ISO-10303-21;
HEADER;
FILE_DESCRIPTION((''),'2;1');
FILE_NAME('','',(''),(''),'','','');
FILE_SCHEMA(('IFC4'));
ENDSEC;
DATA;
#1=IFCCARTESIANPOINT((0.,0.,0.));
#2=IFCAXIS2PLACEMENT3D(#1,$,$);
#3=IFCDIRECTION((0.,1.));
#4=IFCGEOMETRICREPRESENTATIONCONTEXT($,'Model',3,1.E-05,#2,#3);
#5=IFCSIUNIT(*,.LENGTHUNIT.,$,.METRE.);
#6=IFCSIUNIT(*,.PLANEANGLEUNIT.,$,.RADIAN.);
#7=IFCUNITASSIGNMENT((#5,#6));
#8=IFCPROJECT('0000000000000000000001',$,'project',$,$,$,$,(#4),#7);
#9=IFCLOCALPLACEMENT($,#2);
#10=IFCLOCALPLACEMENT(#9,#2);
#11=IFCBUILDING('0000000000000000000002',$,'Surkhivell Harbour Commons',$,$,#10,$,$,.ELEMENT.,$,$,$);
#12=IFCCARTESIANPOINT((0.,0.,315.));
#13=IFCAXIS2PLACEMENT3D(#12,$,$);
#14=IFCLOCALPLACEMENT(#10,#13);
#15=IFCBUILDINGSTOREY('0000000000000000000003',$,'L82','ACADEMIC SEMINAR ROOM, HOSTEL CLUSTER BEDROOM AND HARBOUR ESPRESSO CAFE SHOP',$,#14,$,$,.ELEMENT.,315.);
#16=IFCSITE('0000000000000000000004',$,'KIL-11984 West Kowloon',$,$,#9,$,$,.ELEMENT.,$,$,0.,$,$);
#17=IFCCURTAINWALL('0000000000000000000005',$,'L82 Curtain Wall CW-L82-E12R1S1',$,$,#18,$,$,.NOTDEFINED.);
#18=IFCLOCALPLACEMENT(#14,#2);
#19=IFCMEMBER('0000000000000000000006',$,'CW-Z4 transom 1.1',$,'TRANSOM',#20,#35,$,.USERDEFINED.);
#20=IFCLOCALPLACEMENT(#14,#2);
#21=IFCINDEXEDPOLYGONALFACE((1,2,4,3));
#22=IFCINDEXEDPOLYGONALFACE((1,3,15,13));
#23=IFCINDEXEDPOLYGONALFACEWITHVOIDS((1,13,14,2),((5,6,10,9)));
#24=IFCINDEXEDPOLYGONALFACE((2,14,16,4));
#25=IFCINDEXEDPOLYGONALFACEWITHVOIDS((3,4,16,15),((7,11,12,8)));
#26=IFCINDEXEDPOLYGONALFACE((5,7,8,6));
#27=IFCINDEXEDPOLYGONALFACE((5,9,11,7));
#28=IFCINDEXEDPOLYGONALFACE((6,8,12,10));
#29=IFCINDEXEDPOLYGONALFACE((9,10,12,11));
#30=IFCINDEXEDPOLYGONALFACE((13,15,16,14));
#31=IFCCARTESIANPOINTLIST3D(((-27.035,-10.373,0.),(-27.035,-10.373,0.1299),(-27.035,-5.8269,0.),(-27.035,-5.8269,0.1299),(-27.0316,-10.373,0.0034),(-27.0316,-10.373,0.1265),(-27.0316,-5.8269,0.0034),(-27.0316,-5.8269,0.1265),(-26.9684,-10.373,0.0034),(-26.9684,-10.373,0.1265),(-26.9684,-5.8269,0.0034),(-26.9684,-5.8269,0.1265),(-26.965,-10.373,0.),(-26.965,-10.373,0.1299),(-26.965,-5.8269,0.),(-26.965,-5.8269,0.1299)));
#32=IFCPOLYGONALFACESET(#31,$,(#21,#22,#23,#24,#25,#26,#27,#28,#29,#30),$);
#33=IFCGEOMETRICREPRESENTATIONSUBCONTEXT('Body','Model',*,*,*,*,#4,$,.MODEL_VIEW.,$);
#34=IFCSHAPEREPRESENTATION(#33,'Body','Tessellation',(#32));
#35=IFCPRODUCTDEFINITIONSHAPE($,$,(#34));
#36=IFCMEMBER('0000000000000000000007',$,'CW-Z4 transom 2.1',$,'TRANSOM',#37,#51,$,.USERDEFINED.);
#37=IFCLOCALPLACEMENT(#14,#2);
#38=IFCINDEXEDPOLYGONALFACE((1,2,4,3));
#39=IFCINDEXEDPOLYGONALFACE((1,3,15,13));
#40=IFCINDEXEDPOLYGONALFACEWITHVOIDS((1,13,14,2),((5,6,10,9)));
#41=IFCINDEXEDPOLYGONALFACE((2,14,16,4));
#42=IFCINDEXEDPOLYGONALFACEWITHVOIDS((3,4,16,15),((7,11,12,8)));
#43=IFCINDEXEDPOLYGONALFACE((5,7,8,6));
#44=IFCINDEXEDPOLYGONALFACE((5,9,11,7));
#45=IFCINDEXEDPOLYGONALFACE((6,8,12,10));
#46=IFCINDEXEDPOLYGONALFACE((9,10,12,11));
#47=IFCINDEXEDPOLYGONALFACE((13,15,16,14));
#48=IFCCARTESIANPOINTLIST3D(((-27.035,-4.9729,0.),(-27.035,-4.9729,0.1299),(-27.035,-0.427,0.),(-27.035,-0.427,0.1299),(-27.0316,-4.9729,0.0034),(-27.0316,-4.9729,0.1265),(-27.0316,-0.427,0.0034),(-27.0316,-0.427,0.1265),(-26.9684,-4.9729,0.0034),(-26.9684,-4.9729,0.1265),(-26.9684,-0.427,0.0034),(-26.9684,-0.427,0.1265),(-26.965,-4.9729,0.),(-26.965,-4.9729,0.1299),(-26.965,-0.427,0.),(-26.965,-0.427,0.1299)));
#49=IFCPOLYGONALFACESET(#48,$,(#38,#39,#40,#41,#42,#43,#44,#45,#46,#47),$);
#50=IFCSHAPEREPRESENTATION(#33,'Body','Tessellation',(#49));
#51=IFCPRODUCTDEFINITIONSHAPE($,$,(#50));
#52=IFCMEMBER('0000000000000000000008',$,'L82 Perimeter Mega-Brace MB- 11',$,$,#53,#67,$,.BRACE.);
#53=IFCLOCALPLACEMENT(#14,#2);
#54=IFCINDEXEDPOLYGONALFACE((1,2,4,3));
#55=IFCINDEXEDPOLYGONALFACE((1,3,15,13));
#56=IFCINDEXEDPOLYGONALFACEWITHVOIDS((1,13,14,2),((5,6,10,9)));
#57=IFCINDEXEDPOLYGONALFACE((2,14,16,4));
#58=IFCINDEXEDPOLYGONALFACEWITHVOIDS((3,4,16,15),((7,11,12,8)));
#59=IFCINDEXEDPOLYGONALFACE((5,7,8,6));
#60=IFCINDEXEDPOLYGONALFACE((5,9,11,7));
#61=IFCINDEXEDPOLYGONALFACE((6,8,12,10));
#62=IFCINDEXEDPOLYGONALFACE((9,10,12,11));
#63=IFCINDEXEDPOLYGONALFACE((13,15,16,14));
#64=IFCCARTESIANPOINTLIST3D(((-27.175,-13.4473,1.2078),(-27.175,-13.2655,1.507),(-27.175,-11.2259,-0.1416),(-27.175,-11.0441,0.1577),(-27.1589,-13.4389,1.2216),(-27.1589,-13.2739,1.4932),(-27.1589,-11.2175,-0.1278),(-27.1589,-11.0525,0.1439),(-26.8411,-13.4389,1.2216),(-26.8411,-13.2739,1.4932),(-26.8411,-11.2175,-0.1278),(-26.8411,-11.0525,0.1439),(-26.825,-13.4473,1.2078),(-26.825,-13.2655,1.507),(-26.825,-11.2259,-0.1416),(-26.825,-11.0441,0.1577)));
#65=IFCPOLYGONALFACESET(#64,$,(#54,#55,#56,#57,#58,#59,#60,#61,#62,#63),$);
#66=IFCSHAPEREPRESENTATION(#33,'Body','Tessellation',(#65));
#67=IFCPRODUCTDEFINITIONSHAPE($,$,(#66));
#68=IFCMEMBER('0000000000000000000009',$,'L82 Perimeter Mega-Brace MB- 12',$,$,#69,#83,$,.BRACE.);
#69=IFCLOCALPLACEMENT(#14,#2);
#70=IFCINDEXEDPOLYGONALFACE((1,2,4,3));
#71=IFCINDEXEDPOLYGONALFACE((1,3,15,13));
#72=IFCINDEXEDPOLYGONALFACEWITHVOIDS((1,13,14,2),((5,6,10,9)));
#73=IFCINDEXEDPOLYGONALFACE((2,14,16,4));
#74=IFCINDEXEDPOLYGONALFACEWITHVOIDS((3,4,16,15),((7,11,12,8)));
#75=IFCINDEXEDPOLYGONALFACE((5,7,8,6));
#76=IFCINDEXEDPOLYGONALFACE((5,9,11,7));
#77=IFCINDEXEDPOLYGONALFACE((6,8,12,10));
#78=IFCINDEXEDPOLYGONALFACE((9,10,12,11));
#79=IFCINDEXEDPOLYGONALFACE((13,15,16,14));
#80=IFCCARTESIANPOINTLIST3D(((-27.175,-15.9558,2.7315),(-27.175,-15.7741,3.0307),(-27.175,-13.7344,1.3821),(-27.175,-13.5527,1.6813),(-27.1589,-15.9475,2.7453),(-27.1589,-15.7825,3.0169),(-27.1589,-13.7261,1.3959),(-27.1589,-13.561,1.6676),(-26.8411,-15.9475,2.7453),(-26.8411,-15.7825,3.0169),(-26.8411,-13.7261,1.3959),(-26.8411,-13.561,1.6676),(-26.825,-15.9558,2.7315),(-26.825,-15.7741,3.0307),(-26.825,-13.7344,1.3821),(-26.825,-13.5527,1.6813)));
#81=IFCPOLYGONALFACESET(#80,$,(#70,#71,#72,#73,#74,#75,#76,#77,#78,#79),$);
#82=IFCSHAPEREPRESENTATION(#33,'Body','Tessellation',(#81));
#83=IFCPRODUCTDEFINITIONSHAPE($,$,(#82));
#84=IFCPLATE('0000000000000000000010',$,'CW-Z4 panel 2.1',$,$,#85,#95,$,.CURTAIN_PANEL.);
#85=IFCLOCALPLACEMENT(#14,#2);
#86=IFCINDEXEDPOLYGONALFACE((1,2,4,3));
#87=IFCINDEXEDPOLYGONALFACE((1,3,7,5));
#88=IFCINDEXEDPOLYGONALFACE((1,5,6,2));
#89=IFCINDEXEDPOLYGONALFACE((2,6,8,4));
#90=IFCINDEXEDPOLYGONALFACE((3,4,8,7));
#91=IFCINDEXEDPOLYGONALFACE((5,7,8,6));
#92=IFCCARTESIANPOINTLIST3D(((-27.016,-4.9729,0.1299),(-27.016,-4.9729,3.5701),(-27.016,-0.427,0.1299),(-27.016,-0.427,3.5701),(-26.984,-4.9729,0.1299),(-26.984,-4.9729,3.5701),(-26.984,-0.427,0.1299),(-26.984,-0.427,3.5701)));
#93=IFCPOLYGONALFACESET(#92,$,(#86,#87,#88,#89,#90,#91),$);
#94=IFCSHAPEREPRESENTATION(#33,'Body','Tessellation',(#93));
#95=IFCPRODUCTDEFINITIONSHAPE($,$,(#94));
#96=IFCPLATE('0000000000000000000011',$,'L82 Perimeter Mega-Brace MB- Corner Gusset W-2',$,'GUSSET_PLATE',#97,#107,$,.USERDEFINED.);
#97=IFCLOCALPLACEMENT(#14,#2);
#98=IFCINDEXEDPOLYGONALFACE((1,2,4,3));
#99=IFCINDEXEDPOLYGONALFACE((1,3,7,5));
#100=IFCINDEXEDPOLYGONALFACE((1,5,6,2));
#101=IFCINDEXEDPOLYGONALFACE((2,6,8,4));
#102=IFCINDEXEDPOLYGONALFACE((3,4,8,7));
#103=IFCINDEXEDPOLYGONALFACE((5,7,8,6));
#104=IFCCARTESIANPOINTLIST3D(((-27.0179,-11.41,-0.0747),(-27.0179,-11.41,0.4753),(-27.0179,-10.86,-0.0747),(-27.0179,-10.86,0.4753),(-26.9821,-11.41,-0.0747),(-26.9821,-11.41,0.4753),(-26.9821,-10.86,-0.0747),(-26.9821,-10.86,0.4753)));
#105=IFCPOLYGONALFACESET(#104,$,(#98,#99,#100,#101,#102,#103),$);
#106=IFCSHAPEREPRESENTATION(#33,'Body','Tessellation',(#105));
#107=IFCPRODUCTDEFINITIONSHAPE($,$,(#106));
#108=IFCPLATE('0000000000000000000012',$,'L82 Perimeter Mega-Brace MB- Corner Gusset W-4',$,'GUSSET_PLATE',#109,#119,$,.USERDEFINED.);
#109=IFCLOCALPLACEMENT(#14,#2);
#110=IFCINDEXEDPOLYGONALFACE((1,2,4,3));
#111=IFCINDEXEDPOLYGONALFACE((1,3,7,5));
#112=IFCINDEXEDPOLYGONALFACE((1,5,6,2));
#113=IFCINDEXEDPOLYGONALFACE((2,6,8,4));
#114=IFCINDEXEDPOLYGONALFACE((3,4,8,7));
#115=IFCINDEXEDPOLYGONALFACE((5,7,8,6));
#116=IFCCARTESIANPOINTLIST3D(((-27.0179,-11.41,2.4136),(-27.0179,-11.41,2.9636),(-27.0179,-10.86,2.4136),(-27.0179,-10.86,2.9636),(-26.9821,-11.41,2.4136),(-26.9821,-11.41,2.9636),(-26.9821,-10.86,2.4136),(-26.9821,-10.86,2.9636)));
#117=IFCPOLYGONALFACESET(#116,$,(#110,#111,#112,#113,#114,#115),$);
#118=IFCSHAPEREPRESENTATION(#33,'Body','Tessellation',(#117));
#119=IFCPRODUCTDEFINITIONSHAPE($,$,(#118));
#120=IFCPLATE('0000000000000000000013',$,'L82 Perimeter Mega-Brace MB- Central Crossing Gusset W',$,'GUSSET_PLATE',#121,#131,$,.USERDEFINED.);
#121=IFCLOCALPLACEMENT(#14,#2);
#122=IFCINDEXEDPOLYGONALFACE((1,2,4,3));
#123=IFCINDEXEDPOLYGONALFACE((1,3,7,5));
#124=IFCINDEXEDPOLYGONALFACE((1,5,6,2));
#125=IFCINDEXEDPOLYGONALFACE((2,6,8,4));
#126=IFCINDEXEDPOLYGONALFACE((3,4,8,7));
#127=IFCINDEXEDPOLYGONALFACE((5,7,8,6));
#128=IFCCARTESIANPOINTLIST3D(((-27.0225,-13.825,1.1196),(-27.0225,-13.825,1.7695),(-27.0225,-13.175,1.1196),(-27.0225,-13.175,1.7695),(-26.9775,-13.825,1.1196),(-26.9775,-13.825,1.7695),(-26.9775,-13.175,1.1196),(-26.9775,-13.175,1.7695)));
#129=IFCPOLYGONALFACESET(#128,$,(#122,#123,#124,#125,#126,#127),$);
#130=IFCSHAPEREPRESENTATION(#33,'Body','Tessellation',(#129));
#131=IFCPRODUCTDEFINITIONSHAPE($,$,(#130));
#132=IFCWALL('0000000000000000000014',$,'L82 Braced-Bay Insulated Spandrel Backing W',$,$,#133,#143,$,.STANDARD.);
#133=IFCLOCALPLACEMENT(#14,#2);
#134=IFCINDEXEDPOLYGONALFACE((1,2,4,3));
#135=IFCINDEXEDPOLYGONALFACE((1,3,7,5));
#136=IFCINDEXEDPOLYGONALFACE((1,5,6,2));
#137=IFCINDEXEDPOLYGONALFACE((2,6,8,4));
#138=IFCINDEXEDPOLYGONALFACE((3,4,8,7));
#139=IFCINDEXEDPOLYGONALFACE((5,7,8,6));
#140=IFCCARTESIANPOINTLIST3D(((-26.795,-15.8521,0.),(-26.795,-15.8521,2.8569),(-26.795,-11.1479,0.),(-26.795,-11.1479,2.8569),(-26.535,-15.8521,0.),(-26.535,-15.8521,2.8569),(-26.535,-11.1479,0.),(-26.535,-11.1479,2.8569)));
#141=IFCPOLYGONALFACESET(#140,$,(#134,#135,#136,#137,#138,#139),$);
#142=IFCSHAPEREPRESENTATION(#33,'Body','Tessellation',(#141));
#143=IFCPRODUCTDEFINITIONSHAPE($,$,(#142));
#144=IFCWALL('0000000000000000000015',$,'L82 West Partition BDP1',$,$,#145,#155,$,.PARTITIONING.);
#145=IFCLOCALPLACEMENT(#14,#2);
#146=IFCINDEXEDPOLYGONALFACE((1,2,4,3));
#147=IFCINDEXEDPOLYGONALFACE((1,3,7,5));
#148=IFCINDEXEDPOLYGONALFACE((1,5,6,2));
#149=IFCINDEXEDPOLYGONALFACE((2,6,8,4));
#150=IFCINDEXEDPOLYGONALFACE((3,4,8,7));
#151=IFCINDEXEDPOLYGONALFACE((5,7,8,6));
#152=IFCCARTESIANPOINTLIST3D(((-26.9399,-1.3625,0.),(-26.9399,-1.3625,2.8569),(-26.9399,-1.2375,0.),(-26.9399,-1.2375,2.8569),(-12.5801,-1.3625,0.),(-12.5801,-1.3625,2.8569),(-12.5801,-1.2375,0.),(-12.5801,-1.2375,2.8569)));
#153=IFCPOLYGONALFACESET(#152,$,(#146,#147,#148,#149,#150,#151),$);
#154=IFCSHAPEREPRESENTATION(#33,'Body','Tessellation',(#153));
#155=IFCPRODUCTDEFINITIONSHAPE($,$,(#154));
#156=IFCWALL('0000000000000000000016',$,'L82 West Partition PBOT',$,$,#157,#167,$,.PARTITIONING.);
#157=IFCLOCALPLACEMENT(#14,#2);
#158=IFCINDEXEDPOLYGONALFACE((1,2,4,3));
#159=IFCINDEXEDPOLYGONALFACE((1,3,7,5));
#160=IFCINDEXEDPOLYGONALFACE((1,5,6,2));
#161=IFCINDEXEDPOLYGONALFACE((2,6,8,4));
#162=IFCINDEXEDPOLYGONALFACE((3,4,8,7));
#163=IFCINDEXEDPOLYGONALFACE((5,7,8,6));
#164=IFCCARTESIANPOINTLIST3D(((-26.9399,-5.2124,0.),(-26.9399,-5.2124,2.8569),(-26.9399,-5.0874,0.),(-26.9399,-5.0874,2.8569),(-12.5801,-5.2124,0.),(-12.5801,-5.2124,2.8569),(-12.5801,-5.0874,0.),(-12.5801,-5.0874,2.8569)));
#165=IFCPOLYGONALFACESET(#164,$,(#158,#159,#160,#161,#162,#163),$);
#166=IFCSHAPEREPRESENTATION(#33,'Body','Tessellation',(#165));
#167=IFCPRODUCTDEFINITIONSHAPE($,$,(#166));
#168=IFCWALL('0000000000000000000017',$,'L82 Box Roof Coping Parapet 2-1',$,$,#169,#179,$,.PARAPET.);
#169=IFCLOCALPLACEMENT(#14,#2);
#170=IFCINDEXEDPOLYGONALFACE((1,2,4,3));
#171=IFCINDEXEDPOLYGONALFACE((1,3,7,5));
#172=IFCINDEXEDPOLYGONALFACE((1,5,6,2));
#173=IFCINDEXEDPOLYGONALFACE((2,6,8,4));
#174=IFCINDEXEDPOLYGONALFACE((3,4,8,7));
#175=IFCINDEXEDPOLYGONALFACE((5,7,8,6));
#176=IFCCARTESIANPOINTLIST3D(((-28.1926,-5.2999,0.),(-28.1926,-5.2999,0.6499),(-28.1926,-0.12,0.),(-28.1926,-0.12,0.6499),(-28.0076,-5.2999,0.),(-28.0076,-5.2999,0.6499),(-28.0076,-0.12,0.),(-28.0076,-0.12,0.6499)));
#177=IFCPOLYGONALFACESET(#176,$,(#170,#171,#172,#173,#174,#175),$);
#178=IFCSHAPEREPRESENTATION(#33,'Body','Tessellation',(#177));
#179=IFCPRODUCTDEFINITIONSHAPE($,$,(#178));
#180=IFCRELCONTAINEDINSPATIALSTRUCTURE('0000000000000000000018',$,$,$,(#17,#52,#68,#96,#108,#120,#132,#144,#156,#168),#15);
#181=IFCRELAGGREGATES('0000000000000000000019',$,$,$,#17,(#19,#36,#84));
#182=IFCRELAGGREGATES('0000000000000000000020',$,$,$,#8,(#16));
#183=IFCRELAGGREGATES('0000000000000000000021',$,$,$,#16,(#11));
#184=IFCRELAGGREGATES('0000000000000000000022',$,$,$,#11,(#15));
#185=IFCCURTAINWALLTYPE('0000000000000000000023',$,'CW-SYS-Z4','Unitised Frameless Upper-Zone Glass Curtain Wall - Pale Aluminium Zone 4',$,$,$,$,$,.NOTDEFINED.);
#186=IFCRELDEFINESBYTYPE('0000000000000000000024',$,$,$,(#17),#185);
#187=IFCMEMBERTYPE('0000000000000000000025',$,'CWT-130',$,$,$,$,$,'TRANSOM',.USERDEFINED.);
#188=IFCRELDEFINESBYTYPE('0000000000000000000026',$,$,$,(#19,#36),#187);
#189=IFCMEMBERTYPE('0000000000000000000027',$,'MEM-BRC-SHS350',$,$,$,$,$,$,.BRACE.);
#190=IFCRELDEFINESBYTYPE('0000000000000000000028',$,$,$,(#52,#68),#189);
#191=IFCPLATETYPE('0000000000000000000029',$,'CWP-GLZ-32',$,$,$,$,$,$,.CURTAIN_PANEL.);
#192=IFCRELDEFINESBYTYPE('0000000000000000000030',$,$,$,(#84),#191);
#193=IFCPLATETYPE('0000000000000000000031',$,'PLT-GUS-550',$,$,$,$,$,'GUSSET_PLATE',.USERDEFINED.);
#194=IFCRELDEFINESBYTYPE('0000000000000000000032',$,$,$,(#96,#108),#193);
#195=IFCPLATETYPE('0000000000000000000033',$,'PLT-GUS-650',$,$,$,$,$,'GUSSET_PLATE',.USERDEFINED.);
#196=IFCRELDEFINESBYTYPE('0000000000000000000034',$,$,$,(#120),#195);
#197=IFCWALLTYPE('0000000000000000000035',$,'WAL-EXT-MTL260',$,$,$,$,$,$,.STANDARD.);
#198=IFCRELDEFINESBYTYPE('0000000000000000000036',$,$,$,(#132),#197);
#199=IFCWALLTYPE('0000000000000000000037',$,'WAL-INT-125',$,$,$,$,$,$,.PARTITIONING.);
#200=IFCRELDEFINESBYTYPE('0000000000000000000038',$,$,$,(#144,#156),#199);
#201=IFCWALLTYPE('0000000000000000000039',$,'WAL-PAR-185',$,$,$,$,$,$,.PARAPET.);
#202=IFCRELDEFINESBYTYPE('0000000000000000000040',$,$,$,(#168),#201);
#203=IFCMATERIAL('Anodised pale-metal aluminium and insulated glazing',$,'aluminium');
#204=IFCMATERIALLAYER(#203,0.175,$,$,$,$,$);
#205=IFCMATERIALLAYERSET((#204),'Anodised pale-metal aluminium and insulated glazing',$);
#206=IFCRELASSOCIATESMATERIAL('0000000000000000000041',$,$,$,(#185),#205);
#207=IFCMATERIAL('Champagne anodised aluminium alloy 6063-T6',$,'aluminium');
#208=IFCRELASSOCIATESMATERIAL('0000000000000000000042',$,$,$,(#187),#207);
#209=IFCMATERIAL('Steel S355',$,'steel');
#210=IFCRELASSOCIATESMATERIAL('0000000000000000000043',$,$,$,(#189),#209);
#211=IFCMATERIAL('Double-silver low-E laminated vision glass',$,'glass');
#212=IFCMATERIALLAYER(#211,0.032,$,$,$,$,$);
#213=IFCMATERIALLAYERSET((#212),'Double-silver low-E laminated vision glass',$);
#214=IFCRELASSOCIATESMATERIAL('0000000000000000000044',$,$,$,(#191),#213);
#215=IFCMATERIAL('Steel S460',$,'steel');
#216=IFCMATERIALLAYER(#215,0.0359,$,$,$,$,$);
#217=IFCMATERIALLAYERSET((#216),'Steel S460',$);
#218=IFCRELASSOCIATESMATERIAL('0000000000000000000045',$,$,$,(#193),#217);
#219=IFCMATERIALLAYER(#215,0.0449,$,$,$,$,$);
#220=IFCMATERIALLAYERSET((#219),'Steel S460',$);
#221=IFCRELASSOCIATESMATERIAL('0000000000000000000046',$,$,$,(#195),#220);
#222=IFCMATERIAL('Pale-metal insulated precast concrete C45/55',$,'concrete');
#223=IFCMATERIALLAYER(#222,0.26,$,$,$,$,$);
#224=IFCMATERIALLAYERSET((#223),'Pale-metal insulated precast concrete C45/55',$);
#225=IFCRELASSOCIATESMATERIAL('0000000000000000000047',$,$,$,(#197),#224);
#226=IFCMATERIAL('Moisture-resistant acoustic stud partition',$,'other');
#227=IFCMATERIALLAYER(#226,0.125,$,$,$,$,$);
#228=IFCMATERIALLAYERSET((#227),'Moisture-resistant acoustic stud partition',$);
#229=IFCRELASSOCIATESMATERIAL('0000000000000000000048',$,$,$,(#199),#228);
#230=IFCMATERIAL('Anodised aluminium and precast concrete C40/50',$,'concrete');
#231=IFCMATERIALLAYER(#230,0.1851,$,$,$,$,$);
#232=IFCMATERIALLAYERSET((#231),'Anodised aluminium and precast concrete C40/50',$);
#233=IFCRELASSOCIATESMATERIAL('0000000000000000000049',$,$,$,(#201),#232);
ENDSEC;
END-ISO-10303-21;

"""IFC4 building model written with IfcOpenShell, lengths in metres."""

from ifc_helpers import new_model, si_unit, direction, frame, frame_2d, origin, origin_2d, place, context, subcontext, project, spatial, rectangle, hollow_rectangle, extrude, material, layer, layer_set, material_profile, profile_set, type_object, element, aggregate, save


model = new_model("IFC4")

# Units and contexts
model_context = context("Model", 3, precision=1e-05, world=origin(), true_north=direction((0.0, 1.0)))
body_context = subcontext(model_context, "Body", "Model", "MODEL_VIEW")
ifc_project = project(units=[si_unit("LENGTHUNIT", "METRE"), si_unit("PLANEANGLEUNIT", "RADIAN")], contexts=[model_context])

# Site, building, storey
site_placement = place(None, origin())
site = spatial("IfcSite", under=ifc_project, at=site_placement, Name="KIL-11984 West Kowloon", CompositionType="ELEMENT", RefElevation=0.0)
building_placement = place(site_placement, origin())
building = spatial("IfcBuilding", under=site, at=building_placement, Name="Surkhivell Harbour Commons", CompositionType="ELEMENT")
storey_placement = place(building_placement, frame((0.0, 0.0, 315.0)))
storey = spatial("IfcBuildingStorey", under=building, at=storey_placement, Name="L82", Description="ACADEMIC SEMINAR ROOM, HOSTEL CLUSTER BEDROOM AND HARBOUR ESPRESSO CAFE SHOP", CompositionType="ELEMENT", Elevation=315.0)

# Shared definitions
ifc_material_1 = material(Name="Steel S355", Category="steel")

# Curtain wall, members
ifc_material_2 = material(Name="Anodised pale-metal aluminium and insulated glazing", Category="aluminium")
ifc_layer_1 = layer(ifc_material_2, 0.175)
ifc_layer_set_1 = layer_set([ifc_layer_1], Name="Anodised pale-metal aluminium and insulated glazing")
curtain_wall_type = type_object("IfcCurtainWallType", Name="CW-SYS-Z4", Description="Unitised Frameless Upper-Zone Glass Curtain Wall - Pale Aluminium Zone 4", PredefinedType="NOTDEFINED", material=ifc_layer_set_1)
curtain_wall_placement = place(storey_placement, origin())
curtain_wall = element("IfcCurtainWall", 1, at=curtain_wall_placement, inside=storey, type_object=curtain_wall_type, Name="L82 Curtain Wall CW-L82-E12R1S1", PredefinedType="NOTDEFINED")
ifc_material_3 = material(Name="Champagne anodised aluminium alloy 6063-T6", Category="aluminium")
ifc_material_profile_1 = material_profile(ifc_material_3, hollow_rectangle(XDim=0.0701, YDim=0.1299, WallThickness=0.0034, at=origin_2d()), Name="ALU-TRAN-70x130")
ifc_profile_set_1 = profile_set([ifc_material_profile_1], Name="Champagne anodised aluminium alloy 6063-T6")
member_type_1 = type_object("IfcMemberType", Name="CWT-130", ElementType="TRANSOM", PredefinedType="USERDEFINED", material=ifc_profile_set_1)
member_1_placement = place(storey_placement, frame((-27.0, -10.373, 0.0649), z_axis=(0.0, 1.0, 0.0), x_axis=(-1.0, 0.0, 0.0)))
member_1 = element("IfcMember", 2, at=member_1_placement, type_object=member_type_1, Name="CW-Z4 transom 1.1", ObjectType="TRANSOM", PredefinedType="USERDEFINED", context=body_context, shape_type="SweptSolid", body=[
    extrude(hollow_rectangle(XDim=0.0701, YDim=0.1299, WallThickness=0.0034, at=origin_2d()), origin(), (0.0, 0.0, 1.0), 4.5461),
])
member_2_placement = place(storey_placement, frame((-27.0, -4.9729, 0.0649), z_axis=(0.0, 1.0, 0.0), x_axis=(-1.0, 0.0, 0.0)))
member_2 = element("IfcMember", 3, at=member_2_placement, type_object=member_type_1, Name="CW-Z4 transom 2.1", ObjectType="TRANSOM", PredefinedType="USERDEFINED", context=body_context, shape_type="SweptSolid", body=[
    extrude(hollow_rectangle(XDim=0.0701, YDim=0.1299, WallThickness=0.0034, at=origin_2d()), origin(), (0.0, 0.0, 1.0), 4.5459),
])

# Members
ifc_material_profile_2 = material_profile(ifc_material_1, hollow_rectangle(XDim=0.3501, YDim=0.3501, WallThickness=0.0161, at=origin_2d()), Name="SHS350x350x16")
ifc_profile_set_2 = profile_set([ifc_material_profile_2], Name="Steel S355")
member_type_2 = type_object("IfcMemberType", Name="MEM-BRC-SHS350", PredefinedType="BRACE", material=ifc_profile_set_2)
for number, where, z_axis, x_axis, name in (
    (4, (-27.0, -11.135, 0.0081), (0.0, -0.854679, 0.519157), (1.0, 0.0, 0.0), "L82 Perimeter Mega-Brace MB- 11"),
    (5, (-27.0, -13.6436, 1.5317), (0.0, -0.854679, 0.519157), (1.0, 0.0, 0.0), "L82 Perimeter Mega-Brace MB- 12"),
):
    element("IfcMember", number, at=place(storey_placement, frame(where, z_axis=z_axis, x_axis=x_axis)), inside=storey, type_object=member_type_2, Name=name, PredefinedType="BRACE", context=body_context, shape_type="SweptSolid", body=[
        extrude(hollow_rectangle(XDim=0.3501, YDim=0.3501, WallThickness=0.0161, at=origin_2d()), origin(), (0.0, 0.0, 1.0), 2.5991),
    ])

# Plate
ifc_material_4 = material(Name="Double-silver low-E laminated vision glass", Category="glass")
ifc_layer_2 = layer(ifc_material_4, 0.032)
ifc_layer_set_2 = layer_set([ifc_layer_2], Name="Double-silver low-E laminated vision glass")
plate_type_1 = type_object("IfcPlateType", Name="CWP-GLZ-32", PredefinedType="CURTAIN_PANEL", material=ifc_layer_set_2)
plate_1_placement = place(storey_placement, frame((-27.0, -4.9729, 0.1299), z_axis=(0.0, 0.0, 1.0), x_axis=(0.0, 1.0, 0.0)))
plate_1 = element("IfcPlate", 6, at=plate_1_placement, type_object=plate_type_1, Name="CW-Z4 panel 2.1", PredefinedType="CURTAIN_PANEL", context=body_context, shape_type="SweptSolid", body=[
    extrude(rectangle(XDim=4.5459, YDim=0.032, at=frame_2d((2.2729, 0.0))), origin(), (0.0, 0.0, 1.0), 3.4402),
])
aggregate(curtain_wall, [member_1, member_2, plate_1])

# Plates
ifc_material_5 = material(Name="Steel S460", Category="steel")
ifc_layer_3 = layer(ifc_material_5, 0.0359)
ifc_layer_set_3 = layer_set([ifc_layer_3], Name="Steel S460")
plate_type_2 = type_object("IfcPlateType", Name="PLT-GUS-550", ElementType="GUSSET_PLATE", PredefinedType="USERDEFINED", material=ifc_layer_set_3)
for number, where, z_axis, x_axis, name in (
    (7, (-27.0, -11.135, -0.0747), (0.0, 0.0, 1.0), (0.0, 1.0, 0.0), "L82 Perimeter Mega-Brace MB- Corner Gusset W-2"),
    (8, (-27.0, -11.135, 2.4136), (0.0, 0.0, 1.0), (0.0, 1.0, 0.0), "L82 Perimeter Mega-Brace MB- Corner Gusset W-4"),
):
    element("IfcPlate", number, at=place(storey_placement, frame(where, z_axis=z_axis, x_axis=x_axis)), inside=storey, type_object=plate_type_2, Name=name, ObjectType="GUSSET_PLATE", PredefinedType="USERDEFINED", context=body_context, shape_type="SweptSolid", body=[
        extrude(rectangle(XDim=0.55, YDim=0.0359, at=origin_2d()), origin(), (0.0, 0.0, 1.0), 0.55),
    ])
ifc_layer_4 = layer(ifc_material_5, 0.0449)
ifc_layer_set_4 = layer_set([ifc_layer_4], Name="Steel S460")
plate_type_3 = type_object("IfcPlateType", Name="PLT-GUS-650", ElementType="GUSSET_PLATE", PredefinedType="USERDEFINED", material=ifc_layer_set_4)
plate_2_placement = place(storey_placement, frame((-27.0, -13.5, 1.1196), z_axis=(0.0, 0.0, 1.0), x_axis=(0.0, 1.0, 0.0)))
element("IfcPlate", 9, at=plate_2_placement, inside=storey, type_object=plate_type_3, Name="L82 Perimeter Mega-Brace MB- Central Crossing Gusset W", ObjectType="GUSSET_PLATE", PredefinedType="USERDEFINED", context=body_context, shape_type="SweptSolid", body=[
    extrude(rectangle(XDim=0.6499, YDim=0.0449, at=origin_2d()), origin(), (0.0, 0.0, 1.0), 0.6499),
])

# Walls
ifc_material_6 = material(Name="Pale-metal insulated precast concrete C45/55", Category="concrete")
ifc_layer_5 = layer(ifc_material_6, 0.26)
ifc_layer_set_5 = layer_set([ifc_layer_5], Name="Pale-metal insulated precast concrete C45/55")
wall_type_1 = type_object("IfcWallType", Name="WAL-EXT-MTL260", PredefinedType="STANDARD", material=ifc_layer_set_5)
wall_1_placement = place(storey_placement, frame((-26.665, -15.8521, 0.0), z_axis=(0.0, 0.0, 1.0), x_axis=(0.0, 1.0, 0.0)))
element("IfcWall", 10, at=wall_1_placement, inside=storey, type_object=wall_type_1, Name="L82 Braced-Bay Insulated Spandrel Backing W", PredefinedType="STANDARD", context=body_context, shape_type="SweptSolid", body=[
    extrude(rectangle(XDim=4.7041, YDim=0.26, at=frame_2d((2.3521, 0.0))), origin(), (0.0, 0.0, 1.0), 2.8569),
])
ifc_material_7 = material(Name="Moisture-resistant acoustic stud partition", Category="other")
ifc_layer_6 = layer(ifc_material_7, 0.125)
ifc_layer_set_6 = layer_set([ifc_layer_6], Name="Moisture-resistant acoustic stud partition")
wall_type_2 = type_object("IfcWallType", Name="WAL-INT-125", PredefinedType="PARTITIONING", material=ifc_layer_set_6)
for number, where, z_axis, x_axis, name in (
    (11, (-26.9399, -1.3, 0.0), (0.0, 0.0, 1.0), (1.0, 0.0, 0.0), "L82 West Partition BDP1"),
    (12, (-26.9399, -5.1499, 0.0), (0.0, 0.0, 1.0), (1.0, 0.0, 0.0), "L82 West Partition PBOT"),
):
    element("IfcWall", number, at=place(storey_placement, frame(where, z_axis=z_axis, x_axis=x_axis)), inside=storey, type_object=wall_type_2, Name=name, PredefinedType="PARTITIONING", context=body_context, shape_type="SweptSolid", body=[
        extrude(rectangle(XDim=14.3599, YDim=0.125, at=frame_2d((7.1799, 0.0))), origin(), (0.0, 0.0, 1.0), 2.8569),
    ])
ifc_material_8 = material(Name="Anodised aluminium and precast concrete C40/50", Category="concrete")
ifc_layer_7 = layer(ifc_material_8, 0.1851)
ifc_layer_set_7 = layer_set([ifc_layer_7], Name="Anodised aluminium and precast concrete C40/50")
wall_type_3 = type_object("IfcWallType", Name="WAL-PAR-185", PredefinedType="PARAPET", material=ifc_layer_set_7)
wall_2_placement = place(storey_placement, frame((-28.1001, -0.1201, 0.0), z_axis=(0.0, 0.0, 1.0), x_axis=(0.0, -1.0, 0.0)))
element("IfcWall", 13, at=wall_2_placement, inside=storey, type_object=wall_type_3, Name="L82 Box Roof Coping Parapet 2-1", PredefinedType="PARAPET", context=body_context, shape_type="SweptSolid", body=[
    extrude(rectangle(XDim=5.1799, YDim=0.1851, at=frame_2d((2.5898, 0.0))), origin(), (0.0, 0.0, 1.0), 0.6499),
])

save(model, "model.ifc")
